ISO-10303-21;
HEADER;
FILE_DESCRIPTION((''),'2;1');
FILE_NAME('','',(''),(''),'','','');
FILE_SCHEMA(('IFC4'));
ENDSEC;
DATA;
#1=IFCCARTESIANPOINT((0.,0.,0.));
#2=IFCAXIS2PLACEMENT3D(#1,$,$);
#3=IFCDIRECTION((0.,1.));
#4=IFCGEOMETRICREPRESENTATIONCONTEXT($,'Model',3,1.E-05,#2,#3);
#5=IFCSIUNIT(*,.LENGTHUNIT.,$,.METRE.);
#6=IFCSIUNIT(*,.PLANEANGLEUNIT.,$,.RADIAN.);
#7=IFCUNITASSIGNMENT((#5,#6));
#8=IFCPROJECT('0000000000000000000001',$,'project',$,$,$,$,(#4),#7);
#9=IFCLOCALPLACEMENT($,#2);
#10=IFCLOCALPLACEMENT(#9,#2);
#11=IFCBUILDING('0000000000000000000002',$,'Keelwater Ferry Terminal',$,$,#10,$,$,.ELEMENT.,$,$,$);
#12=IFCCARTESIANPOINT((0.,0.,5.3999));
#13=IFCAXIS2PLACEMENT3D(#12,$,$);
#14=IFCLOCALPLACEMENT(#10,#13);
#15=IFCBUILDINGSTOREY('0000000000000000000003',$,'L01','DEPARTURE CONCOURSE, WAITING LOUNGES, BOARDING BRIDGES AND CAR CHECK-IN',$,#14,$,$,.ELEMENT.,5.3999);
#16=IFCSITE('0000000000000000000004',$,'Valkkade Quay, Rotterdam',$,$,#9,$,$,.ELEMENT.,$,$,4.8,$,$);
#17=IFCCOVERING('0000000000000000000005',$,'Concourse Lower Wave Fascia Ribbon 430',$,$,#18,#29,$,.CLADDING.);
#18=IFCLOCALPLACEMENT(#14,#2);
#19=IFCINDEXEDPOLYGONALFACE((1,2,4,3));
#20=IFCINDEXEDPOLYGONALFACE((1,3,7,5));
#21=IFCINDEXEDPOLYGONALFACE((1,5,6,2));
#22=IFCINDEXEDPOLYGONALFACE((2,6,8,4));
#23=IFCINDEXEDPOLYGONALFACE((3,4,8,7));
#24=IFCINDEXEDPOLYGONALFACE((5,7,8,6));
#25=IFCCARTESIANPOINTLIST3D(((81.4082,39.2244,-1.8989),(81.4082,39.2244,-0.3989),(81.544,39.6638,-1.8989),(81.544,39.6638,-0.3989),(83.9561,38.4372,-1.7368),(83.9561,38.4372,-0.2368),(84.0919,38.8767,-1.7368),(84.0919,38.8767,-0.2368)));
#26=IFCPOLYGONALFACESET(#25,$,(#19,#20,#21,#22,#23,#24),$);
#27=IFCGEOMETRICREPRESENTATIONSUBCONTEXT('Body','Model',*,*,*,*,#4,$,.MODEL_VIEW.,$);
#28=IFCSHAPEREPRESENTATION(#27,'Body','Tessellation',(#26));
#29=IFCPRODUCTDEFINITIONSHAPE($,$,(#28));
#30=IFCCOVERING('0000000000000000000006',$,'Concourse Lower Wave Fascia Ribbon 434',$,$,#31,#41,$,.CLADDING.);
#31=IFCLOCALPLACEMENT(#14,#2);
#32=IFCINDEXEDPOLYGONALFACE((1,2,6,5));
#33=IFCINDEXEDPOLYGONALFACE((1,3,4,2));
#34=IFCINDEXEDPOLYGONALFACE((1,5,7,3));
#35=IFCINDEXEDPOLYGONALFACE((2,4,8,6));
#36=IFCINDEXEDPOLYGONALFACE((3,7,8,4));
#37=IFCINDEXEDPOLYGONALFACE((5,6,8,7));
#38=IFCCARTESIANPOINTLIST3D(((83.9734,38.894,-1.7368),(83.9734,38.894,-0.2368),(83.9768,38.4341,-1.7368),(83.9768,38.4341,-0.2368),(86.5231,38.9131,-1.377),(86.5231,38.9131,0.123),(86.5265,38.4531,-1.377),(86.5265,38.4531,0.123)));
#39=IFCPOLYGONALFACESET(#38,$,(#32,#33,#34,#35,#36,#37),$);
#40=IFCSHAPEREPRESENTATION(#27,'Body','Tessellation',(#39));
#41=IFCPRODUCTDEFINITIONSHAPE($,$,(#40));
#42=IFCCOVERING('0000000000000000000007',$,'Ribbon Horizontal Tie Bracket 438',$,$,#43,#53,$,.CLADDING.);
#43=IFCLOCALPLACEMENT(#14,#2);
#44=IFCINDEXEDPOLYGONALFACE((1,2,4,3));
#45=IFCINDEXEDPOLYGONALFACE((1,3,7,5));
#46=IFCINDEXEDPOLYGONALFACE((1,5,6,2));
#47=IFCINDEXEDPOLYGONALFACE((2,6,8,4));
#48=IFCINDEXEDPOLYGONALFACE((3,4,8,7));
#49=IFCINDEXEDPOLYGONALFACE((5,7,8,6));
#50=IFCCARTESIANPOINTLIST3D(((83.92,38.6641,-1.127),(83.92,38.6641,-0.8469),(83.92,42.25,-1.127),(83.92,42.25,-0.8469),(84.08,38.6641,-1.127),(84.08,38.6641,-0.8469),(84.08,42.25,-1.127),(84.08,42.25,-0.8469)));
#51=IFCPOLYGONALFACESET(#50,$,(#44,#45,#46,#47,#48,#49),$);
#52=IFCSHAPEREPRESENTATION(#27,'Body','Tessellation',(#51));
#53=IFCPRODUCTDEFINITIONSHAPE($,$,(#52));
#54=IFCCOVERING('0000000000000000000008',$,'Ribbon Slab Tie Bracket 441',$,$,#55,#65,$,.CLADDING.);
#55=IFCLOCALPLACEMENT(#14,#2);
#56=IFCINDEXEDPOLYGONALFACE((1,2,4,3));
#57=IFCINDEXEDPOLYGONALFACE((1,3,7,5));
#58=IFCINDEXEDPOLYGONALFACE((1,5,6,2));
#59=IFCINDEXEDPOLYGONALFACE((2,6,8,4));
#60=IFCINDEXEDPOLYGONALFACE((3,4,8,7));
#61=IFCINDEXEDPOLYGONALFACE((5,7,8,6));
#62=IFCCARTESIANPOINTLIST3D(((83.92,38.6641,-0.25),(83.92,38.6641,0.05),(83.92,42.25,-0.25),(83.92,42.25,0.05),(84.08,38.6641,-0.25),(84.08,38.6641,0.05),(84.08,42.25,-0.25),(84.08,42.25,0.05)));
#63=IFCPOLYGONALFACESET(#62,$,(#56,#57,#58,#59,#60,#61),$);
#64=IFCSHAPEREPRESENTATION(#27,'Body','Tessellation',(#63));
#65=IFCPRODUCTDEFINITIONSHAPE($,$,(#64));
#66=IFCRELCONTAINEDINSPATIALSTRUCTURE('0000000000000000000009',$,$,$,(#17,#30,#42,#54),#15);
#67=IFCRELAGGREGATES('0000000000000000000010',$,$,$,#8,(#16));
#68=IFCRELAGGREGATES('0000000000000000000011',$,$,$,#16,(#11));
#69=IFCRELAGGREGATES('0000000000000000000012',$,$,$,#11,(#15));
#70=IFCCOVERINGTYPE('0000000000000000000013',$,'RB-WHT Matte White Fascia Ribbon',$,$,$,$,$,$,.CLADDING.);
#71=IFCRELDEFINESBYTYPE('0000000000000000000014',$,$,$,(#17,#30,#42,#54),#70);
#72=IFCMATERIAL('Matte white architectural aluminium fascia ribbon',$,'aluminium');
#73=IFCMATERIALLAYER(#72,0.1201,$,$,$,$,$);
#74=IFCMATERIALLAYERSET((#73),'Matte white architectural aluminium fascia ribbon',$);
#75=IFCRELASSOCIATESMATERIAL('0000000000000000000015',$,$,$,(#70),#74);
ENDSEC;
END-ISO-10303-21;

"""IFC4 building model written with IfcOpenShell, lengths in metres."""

from ifc_helpers import new_model, si_unit, direction, frame, frame_2d, origin, place, context, subcontext, project, spatial, polyline, rectangle, outline, extrude, material, layer, layer_set, type_object, element, save


model = new_model("IFC4")

# Units and contexts
model_context = context("Model", 3, precision=1e-05, world=origin(), true_north=direction((0.0, 1.0)))
body_context = subcontext(model_context, "Body", "Model", "MODEL_VIEW")
ifc_project = project(units=[si_unit("LENGTHUNIT", "METRE"), si_unit("PLANEANGLEUNIT", "RADIAN")], contexts=[model_context])

# Site, building, storey
site_placement = place(None, origin())
site = spatial("IfcSite", under=ifc_project, at=site_placement, Name="Valkkade Quay, Rotterdam", CompositionType="ELEMENT", RefElevation=4.8)
building_placement = place(site_placement, origin())
building = spatial("IfcBuilding", under=site, at=building_placement, Name="Keelwater Ferry Terminal", CompositionType="ELEMENT")
storey_placement = place(building_placement, frame((0.0, 0.0, 5.3999)))
storey = spatial("IfcBuildingStorey", under=building, at=storey_placement, Name="L01", Description="DEPARTURE CONCOURSE, WAITING LOUNGES, BOARDING BRIDGES AND CAR CHECK-IN", CompositionType="ELEMENT", Elevation=5.3999)

# Coverings
ifc_material_1 = material(Name="Matte white architectural aluminium fascia ribbon", Category="aluminium")
ifc_layer_1 = layer(ifc_material_1, 0.1201)
ifc_layer_set_1 = layer_set([ifc_layer_1], Name="Matte white architectural aluminium fascia ribbon")
covering_type = type_object("IfcCoveringType", Name="RB-WHT Matte White Fascia Ribbon", PredefinedType="CLADDING", material=ifc_layer_set_1)
covering_1_placement = place(storey_placement, frame((81.4761, 39.4441, -1.8989), z_axis=(0.0, 0.0, 1.0), x_axis=(0.955446, -0.295166, 0.0)))
element("IfcCovering", 1, at=covering_1_placement, inside=storey, type_object=covering_type, Name="Concourse Lower Wave Fascia Ribbon 430", PredefinedType="CLADDING", context=body_context, shape_type="SweptSolid", body=[
    extrude(outline(polyline([(0.0, 0.0), (2.6667, 0.1621), (2.6667, 1.6621), (0.0, 1.5), (0.0, 0.0)])), frame((0.0, 0.23, 0.0), z_axis=(0.0, -1.0, 0.0), x_axis=(1.0, 0.0, 0.0)), (0.0, 0.0, 1.0), 0.46),
])
covering_2_placement = place(storey_placement, frame((83.9751, 38.6641, -1.7368), z_axis=(0.0, 0.0, 1.0), x_axis=(0.999972, 0.007468, 0.0)))
element("IfcCovering", 2, at=covering_2_placement, inside=storey, type_object=covering_type, Name="Concourse Lower Wave Fascia Ribbon 434", PredefinedType="CLADDING", context=body_context, shape_type="SweptSolid", body=[
    extrude(outline(polyline([(0.0, 0.0), (2.5498, 0.3599), (2.5498, 1.8599), (0.0, 1.5), (0.0, 0.0)])), frame((0.0, 0.23, 0.0), z_axis=(0.0, -1.0, 0.0), x_axis=(1.0, 0.0, 0.0)), (0.0, 0.0, 1.0), 0.46),
])
covering_3_placement = place(storey_placement, frame((84.0, 38.6641, -1.127), z_axis=(0.0, 0.0, 1.0), x_axis=(0.0, 1.0, 0.0)))
element("IfcCovering", 3, at=covering_3_placement, inside=storey, type_object=covering_type, Name="Ribbon Horizontal Tie Bracket 438", PredefinedType="CLADDING", context=body_context, shape_type="SweptSolid", body=[
    extrude(rectangle(XDim=3.5859, YDim=0.1599, at=frame_2d((1.793, 0.0))), origin(), (0.0, 0.0, 1.0), 0.28),
])
covering_4_placement = place(storey_placement, frame((84.0, 38.6641, -0.25), z_axis=(0.0, 0.0, 1.0), x_axis=(0.0, 1.0, 0.0)))
element("IfcCovering", 4, at=covering_4_placement, inside=storey, type_object=covering_type, Name="Ribbon Slab Tie Bracket 441", PredefinedType="CLADDING", context=body_context, shape_type="SweptSolid", body=[
    extrude(rectangle(XDim=3.5859, YDim=0.1599, at=frame_2d((1.793, 0.0))), origin(), (0.0, 0.0, 1.0), 0.3),
])

save(model, "model.ifc")
